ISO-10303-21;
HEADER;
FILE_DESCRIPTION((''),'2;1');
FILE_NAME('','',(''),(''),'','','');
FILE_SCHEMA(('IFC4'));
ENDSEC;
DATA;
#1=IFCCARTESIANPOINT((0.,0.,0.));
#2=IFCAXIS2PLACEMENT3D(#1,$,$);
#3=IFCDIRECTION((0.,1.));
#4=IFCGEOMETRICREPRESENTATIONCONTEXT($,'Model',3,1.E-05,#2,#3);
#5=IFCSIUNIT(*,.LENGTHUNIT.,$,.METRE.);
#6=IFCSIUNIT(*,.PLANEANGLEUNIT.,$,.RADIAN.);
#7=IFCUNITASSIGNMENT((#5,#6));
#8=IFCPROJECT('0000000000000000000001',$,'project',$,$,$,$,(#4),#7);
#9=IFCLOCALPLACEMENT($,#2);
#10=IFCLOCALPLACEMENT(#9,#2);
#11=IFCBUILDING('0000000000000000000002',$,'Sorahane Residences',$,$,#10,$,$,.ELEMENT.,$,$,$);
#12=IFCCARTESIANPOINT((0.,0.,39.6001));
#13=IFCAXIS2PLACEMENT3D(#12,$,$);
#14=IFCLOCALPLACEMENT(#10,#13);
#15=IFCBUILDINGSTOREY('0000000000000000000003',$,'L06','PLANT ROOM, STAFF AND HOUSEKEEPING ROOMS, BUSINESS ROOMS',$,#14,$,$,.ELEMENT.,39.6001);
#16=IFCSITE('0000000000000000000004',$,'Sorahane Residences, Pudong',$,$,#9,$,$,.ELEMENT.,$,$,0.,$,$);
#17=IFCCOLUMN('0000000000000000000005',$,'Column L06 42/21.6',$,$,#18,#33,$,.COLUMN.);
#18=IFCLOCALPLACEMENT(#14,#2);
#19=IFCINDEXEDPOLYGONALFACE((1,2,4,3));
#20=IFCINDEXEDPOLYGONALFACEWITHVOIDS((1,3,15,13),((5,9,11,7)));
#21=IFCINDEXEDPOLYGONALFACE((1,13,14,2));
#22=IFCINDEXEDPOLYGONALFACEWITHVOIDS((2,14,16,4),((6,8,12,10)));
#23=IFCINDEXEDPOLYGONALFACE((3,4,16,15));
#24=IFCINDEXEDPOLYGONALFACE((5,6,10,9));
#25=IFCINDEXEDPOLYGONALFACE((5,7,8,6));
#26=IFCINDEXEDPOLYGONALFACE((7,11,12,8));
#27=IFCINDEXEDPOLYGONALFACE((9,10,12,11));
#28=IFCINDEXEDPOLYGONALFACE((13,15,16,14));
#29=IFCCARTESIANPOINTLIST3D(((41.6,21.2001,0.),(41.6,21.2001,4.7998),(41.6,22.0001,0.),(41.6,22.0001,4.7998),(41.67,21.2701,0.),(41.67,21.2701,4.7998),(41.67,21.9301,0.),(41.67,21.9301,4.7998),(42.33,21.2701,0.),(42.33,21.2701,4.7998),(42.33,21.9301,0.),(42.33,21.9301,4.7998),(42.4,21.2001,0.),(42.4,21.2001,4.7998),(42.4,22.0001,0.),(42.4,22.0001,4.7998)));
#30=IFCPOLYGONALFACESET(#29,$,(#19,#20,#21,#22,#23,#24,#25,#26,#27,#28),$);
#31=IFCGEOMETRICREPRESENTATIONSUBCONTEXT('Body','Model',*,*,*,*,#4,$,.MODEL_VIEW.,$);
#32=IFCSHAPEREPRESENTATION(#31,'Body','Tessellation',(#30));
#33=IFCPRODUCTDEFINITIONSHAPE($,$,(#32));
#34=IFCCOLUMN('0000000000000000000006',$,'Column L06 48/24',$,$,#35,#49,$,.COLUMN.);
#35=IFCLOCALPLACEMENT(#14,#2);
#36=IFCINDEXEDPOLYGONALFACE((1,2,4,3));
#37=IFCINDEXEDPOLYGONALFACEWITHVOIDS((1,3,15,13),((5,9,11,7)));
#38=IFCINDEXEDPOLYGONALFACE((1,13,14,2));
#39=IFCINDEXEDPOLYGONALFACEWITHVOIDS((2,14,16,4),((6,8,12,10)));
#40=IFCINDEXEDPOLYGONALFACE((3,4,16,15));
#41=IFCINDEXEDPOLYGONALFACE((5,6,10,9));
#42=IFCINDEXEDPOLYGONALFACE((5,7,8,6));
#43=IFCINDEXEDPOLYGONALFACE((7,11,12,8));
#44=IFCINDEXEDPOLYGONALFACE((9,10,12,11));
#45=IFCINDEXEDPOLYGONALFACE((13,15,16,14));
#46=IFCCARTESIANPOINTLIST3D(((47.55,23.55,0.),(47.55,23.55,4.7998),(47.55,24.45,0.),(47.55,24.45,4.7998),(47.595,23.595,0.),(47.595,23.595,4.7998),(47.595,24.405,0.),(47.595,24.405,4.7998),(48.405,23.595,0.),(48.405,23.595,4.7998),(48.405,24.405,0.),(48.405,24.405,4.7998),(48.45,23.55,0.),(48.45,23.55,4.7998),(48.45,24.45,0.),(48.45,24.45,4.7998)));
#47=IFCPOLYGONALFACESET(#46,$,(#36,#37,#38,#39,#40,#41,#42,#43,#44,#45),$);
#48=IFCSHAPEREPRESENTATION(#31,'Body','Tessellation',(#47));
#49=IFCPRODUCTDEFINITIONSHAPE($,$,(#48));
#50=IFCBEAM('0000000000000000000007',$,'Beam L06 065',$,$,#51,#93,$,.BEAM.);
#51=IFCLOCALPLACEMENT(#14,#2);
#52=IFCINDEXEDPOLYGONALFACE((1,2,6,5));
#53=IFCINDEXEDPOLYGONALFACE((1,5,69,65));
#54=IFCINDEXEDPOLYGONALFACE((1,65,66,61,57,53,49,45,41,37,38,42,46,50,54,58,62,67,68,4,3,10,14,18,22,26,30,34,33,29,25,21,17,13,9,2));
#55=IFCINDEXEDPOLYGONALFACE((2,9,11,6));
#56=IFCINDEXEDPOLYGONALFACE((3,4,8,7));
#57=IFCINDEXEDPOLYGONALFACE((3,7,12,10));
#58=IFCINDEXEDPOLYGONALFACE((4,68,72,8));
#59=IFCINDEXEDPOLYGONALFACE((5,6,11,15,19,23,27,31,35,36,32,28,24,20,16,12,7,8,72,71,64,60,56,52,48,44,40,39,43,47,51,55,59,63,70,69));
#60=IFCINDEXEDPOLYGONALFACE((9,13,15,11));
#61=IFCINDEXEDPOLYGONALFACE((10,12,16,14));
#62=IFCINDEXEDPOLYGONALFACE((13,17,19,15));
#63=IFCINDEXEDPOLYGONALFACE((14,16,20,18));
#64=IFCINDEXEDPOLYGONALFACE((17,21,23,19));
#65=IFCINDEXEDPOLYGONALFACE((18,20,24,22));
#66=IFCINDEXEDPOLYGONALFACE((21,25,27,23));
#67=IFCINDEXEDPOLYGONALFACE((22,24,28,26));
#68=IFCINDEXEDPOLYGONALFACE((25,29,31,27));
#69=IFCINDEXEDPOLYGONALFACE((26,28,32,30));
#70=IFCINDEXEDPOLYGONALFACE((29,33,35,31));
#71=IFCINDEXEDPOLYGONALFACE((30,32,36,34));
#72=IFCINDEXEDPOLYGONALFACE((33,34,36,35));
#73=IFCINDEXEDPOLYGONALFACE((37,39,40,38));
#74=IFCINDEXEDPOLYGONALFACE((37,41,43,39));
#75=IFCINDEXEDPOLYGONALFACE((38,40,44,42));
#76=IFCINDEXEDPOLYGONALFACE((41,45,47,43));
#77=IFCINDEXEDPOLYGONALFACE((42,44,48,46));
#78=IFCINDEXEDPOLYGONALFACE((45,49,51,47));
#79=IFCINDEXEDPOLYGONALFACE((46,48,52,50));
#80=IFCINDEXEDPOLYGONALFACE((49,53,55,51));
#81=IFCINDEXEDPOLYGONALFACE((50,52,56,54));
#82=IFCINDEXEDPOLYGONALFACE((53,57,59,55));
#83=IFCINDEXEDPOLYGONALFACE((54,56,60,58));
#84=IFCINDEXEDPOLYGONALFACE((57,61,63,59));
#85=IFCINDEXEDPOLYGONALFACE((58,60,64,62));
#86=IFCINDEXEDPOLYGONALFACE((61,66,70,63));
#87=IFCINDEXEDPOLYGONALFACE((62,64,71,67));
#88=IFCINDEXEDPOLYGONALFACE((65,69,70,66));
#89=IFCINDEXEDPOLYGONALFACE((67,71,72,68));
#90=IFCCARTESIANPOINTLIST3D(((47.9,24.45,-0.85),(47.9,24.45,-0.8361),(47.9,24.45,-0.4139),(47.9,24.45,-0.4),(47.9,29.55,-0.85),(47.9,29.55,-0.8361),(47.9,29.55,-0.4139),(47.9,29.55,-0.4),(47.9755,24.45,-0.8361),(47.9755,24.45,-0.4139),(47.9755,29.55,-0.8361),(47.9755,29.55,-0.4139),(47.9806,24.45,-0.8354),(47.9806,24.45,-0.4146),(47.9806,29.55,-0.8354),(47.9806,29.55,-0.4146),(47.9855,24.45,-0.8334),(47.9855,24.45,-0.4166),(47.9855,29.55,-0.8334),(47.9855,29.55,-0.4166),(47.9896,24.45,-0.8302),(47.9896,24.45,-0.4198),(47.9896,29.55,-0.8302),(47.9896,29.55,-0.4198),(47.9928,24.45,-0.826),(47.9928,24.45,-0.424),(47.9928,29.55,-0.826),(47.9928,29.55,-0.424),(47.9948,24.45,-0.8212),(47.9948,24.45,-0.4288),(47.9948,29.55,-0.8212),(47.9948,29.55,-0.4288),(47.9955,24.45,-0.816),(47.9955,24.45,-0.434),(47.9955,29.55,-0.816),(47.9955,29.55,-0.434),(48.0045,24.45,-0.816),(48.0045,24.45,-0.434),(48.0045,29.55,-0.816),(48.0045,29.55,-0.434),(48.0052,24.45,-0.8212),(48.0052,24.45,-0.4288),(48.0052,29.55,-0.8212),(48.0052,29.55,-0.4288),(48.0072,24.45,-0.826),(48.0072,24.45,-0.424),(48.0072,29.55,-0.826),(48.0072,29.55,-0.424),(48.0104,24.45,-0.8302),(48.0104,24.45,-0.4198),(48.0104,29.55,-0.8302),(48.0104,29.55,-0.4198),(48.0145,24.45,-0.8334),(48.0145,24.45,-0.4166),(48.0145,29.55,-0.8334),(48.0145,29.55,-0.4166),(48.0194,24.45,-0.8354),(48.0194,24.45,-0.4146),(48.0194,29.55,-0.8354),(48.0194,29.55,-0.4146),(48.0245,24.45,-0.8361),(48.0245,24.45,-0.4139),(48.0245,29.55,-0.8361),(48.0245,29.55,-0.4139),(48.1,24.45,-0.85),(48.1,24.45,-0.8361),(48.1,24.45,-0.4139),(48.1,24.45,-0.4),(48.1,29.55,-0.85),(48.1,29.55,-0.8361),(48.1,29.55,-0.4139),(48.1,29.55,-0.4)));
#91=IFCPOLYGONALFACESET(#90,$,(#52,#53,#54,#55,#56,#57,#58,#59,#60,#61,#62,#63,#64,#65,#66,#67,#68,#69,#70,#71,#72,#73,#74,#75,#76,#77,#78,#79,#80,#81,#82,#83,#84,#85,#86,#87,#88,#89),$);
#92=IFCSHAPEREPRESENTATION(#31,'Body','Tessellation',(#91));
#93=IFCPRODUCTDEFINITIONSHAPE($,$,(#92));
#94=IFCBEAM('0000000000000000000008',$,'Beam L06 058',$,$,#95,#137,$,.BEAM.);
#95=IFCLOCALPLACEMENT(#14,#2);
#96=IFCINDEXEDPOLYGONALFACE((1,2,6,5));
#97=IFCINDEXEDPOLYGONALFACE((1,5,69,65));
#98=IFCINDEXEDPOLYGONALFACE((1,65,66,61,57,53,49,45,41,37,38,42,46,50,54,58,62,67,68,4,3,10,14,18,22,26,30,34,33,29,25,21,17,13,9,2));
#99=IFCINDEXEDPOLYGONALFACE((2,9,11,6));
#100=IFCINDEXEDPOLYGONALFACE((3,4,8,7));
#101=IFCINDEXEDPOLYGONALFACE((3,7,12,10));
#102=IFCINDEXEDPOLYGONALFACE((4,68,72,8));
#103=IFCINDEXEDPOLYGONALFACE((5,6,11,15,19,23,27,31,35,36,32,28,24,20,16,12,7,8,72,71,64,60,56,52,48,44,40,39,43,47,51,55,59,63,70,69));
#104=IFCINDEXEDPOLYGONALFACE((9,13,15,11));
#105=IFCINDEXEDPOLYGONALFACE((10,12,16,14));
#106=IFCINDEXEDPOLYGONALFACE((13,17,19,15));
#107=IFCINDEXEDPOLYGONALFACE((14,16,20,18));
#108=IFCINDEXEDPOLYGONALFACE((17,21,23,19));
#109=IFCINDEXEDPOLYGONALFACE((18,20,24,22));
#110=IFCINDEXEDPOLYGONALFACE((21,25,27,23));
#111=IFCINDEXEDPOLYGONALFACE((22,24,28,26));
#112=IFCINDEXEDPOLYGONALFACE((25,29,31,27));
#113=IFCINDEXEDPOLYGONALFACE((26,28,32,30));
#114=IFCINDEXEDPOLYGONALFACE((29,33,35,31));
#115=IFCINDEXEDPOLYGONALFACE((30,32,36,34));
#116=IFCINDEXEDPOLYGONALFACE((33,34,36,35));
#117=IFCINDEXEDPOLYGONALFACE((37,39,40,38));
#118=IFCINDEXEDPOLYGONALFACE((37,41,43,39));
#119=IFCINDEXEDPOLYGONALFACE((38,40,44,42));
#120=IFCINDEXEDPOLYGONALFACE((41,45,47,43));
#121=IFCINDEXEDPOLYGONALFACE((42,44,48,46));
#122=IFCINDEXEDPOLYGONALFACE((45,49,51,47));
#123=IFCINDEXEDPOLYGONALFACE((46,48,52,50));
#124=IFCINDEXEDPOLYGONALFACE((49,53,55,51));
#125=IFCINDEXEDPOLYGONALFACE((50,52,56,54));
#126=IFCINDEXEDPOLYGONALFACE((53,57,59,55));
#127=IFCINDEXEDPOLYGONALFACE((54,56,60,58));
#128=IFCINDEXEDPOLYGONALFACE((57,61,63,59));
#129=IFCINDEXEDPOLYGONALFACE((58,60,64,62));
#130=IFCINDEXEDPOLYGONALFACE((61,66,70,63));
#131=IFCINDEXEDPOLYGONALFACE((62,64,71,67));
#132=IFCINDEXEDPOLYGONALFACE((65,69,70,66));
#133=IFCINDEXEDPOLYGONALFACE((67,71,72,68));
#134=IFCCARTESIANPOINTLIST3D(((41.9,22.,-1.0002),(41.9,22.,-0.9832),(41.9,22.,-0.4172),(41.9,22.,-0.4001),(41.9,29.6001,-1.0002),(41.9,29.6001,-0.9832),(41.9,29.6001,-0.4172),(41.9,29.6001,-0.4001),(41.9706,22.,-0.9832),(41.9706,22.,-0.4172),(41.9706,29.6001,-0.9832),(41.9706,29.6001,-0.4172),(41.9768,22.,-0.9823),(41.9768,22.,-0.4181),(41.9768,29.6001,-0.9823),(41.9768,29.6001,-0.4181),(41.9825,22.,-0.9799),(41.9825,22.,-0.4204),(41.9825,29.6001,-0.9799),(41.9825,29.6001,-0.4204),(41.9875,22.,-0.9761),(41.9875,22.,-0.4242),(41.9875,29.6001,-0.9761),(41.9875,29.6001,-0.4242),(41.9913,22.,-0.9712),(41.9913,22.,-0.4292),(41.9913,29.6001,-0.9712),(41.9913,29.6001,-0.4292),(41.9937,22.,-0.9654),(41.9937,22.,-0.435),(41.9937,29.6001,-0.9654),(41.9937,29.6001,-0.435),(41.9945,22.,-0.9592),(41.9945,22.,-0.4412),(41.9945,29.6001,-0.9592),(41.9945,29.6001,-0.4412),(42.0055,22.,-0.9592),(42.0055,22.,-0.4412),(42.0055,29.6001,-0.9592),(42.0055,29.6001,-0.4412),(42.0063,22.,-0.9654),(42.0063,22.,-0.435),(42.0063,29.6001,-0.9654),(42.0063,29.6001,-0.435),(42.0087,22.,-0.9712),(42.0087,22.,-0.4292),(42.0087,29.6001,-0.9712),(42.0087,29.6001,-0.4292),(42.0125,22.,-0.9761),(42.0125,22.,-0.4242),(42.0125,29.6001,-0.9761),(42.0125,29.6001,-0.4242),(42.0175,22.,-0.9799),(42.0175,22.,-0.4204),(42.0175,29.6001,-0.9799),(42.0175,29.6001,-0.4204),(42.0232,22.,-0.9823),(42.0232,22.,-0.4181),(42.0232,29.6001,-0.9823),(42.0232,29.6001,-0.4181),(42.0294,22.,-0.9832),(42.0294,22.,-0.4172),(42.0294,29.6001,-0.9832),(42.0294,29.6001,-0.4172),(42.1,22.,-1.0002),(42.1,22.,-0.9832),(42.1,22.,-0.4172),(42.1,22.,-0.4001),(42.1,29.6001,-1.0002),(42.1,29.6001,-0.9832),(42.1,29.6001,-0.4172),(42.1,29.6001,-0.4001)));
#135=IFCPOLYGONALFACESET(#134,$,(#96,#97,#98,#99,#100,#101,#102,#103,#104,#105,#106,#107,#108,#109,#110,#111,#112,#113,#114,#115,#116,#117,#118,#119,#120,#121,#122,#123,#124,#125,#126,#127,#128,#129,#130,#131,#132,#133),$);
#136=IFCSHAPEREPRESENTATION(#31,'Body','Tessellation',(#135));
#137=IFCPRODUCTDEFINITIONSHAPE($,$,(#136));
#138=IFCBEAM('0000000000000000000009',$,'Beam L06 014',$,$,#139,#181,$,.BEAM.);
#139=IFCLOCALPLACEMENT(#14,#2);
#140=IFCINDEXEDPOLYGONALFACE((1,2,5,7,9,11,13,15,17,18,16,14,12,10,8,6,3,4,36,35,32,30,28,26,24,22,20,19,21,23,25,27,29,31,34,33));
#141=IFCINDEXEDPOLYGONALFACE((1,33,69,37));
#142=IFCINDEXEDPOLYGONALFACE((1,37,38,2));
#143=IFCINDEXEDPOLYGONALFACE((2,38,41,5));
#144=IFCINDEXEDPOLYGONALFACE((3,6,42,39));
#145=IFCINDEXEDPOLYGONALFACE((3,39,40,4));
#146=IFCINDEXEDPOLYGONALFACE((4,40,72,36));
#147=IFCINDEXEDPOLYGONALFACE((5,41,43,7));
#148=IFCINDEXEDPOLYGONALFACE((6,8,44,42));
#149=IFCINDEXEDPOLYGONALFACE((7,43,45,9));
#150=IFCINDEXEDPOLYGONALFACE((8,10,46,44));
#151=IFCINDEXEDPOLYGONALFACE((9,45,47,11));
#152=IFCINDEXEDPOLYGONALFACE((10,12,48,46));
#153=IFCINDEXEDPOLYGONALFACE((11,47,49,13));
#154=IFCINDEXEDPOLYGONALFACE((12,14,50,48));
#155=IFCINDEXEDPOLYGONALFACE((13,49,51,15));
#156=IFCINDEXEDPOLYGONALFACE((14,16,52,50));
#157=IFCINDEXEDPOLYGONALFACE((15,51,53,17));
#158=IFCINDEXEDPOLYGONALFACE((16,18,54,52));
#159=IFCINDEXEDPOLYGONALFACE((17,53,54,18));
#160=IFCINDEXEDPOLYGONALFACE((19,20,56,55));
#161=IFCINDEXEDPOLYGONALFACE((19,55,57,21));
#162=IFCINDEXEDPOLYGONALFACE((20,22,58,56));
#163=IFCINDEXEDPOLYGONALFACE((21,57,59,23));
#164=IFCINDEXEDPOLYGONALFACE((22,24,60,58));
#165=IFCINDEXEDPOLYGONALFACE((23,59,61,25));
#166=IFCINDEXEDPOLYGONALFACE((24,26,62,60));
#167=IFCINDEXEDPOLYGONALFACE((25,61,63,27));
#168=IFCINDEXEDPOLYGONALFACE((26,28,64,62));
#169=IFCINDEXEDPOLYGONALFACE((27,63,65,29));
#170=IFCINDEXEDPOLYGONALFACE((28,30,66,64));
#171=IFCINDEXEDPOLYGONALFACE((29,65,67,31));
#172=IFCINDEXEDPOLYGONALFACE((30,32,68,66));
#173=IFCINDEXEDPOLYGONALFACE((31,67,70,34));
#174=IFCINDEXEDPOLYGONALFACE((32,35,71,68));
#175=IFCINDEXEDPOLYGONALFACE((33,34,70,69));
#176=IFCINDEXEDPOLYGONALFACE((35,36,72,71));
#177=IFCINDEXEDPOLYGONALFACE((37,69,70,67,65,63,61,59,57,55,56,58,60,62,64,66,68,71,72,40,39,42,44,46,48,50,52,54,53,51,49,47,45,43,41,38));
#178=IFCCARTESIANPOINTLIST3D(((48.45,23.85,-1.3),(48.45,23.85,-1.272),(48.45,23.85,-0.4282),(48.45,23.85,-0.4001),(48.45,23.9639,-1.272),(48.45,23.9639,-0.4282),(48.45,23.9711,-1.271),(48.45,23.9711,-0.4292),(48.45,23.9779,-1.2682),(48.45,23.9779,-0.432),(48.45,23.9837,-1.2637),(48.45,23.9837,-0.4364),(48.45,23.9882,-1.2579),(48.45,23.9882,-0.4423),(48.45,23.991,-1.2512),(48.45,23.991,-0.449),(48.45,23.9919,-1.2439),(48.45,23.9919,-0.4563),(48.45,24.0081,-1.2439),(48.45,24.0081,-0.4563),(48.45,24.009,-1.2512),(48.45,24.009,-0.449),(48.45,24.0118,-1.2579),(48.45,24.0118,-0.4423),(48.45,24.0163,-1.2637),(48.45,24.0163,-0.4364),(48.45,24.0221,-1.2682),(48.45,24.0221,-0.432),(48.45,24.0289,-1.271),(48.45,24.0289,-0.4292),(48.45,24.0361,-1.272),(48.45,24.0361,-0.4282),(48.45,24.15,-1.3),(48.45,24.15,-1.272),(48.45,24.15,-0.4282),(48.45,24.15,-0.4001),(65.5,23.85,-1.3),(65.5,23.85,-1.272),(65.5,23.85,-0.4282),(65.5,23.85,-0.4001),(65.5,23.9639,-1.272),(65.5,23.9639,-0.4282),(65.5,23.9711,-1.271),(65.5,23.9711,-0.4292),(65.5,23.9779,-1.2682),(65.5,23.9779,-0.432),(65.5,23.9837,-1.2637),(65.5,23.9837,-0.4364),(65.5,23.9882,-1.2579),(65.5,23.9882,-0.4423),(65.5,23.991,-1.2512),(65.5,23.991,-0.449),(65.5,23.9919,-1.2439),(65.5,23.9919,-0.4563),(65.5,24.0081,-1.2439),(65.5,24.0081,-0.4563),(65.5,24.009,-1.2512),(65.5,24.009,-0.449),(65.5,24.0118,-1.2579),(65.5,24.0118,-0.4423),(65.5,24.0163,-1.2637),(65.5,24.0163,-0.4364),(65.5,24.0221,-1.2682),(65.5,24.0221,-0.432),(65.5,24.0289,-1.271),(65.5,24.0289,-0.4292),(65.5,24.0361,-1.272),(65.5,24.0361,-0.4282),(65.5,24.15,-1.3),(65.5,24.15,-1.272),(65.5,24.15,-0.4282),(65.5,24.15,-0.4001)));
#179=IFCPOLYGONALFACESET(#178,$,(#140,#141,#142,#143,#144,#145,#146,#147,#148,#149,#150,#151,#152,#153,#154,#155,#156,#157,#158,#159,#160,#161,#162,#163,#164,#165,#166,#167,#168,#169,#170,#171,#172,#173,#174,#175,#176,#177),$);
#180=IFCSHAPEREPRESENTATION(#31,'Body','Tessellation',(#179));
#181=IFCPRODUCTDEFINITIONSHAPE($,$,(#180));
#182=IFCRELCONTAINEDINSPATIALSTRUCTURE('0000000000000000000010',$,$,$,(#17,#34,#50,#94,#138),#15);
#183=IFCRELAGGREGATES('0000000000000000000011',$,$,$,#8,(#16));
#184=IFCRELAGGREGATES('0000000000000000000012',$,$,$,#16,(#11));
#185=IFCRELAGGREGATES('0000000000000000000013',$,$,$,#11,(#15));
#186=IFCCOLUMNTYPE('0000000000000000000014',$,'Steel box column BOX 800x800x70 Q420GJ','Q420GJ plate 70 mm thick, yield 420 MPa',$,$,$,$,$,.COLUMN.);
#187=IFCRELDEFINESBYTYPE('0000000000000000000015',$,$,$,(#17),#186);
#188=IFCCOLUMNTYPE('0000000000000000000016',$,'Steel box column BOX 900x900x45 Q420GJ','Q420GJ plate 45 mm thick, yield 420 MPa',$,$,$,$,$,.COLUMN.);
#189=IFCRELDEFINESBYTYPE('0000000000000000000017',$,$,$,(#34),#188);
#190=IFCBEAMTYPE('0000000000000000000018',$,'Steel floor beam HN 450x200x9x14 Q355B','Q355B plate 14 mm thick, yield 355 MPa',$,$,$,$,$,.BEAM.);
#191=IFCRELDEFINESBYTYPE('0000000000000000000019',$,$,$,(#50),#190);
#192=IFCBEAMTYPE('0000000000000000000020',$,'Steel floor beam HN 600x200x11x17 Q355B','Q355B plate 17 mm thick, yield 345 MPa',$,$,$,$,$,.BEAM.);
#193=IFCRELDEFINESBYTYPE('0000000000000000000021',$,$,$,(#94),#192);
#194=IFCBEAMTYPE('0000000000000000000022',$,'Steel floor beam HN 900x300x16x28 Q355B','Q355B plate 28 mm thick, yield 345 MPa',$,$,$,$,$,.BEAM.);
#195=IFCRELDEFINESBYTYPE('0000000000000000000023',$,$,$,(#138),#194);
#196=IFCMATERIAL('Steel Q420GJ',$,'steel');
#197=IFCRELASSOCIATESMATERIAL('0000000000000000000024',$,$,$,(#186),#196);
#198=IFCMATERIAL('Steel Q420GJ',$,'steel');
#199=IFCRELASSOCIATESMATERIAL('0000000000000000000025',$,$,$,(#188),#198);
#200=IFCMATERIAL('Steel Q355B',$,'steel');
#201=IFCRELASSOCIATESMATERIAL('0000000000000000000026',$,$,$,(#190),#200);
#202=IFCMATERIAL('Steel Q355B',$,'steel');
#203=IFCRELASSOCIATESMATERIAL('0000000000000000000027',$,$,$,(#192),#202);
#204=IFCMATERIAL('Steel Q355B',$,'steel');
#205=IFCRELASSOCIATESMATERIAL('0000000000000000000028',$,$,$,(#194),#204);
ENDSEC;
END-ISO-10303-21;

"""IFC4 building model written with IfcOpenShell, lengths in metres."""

from ifc_helpers import new_model, si_unit, direction, frame, origin, origin_2d, place, context, subcontext, project, spatial, hollow_rectangle, i_section, extrude, material, material_profile, profile_set, type_object, element, save


model = new_model("IFC4")

# Units and contexts
model_context = context("Model", 3, precision=1e-05, world=origin(), true_north=direction((0.0, 1.0)))
body_context = subcontext(model_context, "Body", "Model", "MODEL_VIEW")
ifc_project = project(units=[si_unit("LENGTHUNIT", "METRE"), si_unit("PLANEANGLEUNIT", "RADIAN")], contexts=[model_context])

# Site, building, storey
site_placement = place(None, origin())
site = spatial("IfcSite", under=ifc_project, at=site_placement, Name="Sorahane Residences, Pudong", CompositionType="ELEMENT", RefElevation=0.0)
building_placement = place(site_placement, origin())
building = spatial("IfcBuilding", under=site, at=building_placement, Name="Sorahane Residences", CompositionType="ELEMENT")
storey_placement = place(building_placement, frame((0.0, 0.0, 39.6001)))
storey = spatial("IfcBuildingStorey", under=building, at=storey_placement, Name="L06", Description="PLANT ROOM, STAFF AND HOUSEKEEPING ROOMS, BUSINESS ROOMS", CompositionType="ELEMENT", Elevation=39.6001)

# Columns
ifc_material_1 = material(Name="Steel Q420GJ", Category="steel")
ifc_material_profile_1 = material_profile(ifc_material_1, hollow_rectangle(XDim=0.8, YDim=0.8, WallThickness=0.0701, at=origin_2d()), Name="BOX 800x800x70")
ifc_profile_set_1 = profile_set([ifc_material_profile_1], Name="Steel Q420GJ")
column_type_1 = type_object("IfcColumnType", Name="Steel box column BOX 800x800x70 Q420GJ", Description="Q420GJ plate 70 mm thick, yield 420 MPa", PredefinedType="COLUMN", material=ifc_profile_set_1)
column_1_placement = place(storey_placement, frame((42.0, 21.6001, 0.0), z_axis=(0.0, 0.0, 1.0), x_axis=(1.0, 0.0, 0.0)))
element("IfcColumn", 1, at=column_1_placement, inside=storey, type_object=column_type_1, Name="Column L06 42/21.6", PredefinedType="COLUMN", context=body_context, shape_type="SweptSolid", body=[
    extrude(hollow_rectangle(XDim=0.8, YDim=0.8, WallThickness=0.0701, at=origin_2d()), origin(), (0.0, 0.0, 1.0), 4.7998),
])
ifc_material_2 = material(Name="Steel Q420GJ", Category="steel")
ifc_material_profile_2 = material_profile(ifc_material_2, hollow_rectangle(XDim=0.8999, YDim=0.8999, WallThickness=0.0449, at=origin_2d()), Name="BOX 900x900x45")
ifc_profile_set_2 = profile_set([ifc_material_profile_2], Name="Steel Q420GJ")
column_type_2 = type_object("IfcColumnType", Name="Steel box column BOX 900x900x45 Q420GJ", Description="Q420GJ plate 45 mm thick, yield 420 MPa", PredefinedType="COLUMN", material=ifc_profile_set_2)
column_2_placement = place(storey_placement, frame((48.0, 24.0, 0.0), z_axis=(0.0, 0.0, 1.0), x_axis=(1.0, 0.0, 0.0)))
element("IfcColumn", 2, at=column_2_placement, inside=storey, type_object=column_type_2, Name="Column L06 48/24", PredefinedType="COLUMN", context=body_context, shape_type="SweptSolid", body=[
    extrude(hollow_rectangle(XDim=0.8999, YDim=0.8999, WallThickness=0.0449, at=origin_2d()), origin(), (0.0, 0.0, 1.0), 4.7998),
])

# Beams
ifc_material_3 = material(Name="Steel Q355B", Category="steel")
ifc_material_profile_3 = material_profile(ifc_material_3, i_section(OverallWidth=0.2, OverallDepth=0.45, WebThickness=0.009, FlangeThickness=0.0139, FilletRadius=0.02, at=origin_2d()), Name="HN 450x200x9x14")
ifc_profile_set_3 = profile_set([ifc_material_profile_3], Name="Steel Q355B")
beam_type_1 = type_object("IfcBeamType", Name="Steel floor beam HN 450x200x9x14 Q355B", Description="Q355B plate 14 mm thick, yield 355 MPa", PredefinedType="BEAM", material=ifc_profile_set_3)
beam_1_placement = place(storey_placement, frame((48.0, 24.45, -0.625), z_axis=(0.0, 1.0, 0.0), x_axis=(-1.0, 0.0, 0.0)))
element("IfcBeam", 3, at=beam_1_placement, inside=storey, type_object=beam_type_1, Name="Beam L06 065", PredefinedType="BEAM", context=body_context, shape_type="SweptSolid", body=[
    extrude(i_section(OverallWidth=0.2, OverallDepth=0.45, WebThickness=0.009, FlangeThickness=0.0139, FilletRadius=0.02, at=origin_2d()), origin(), (0.0, 0.0, 1.0), 5.1001),
])
ifc_material_4 = material(Name="Steel Q355B", Category="steel")
ifc_material_profile_4 = material_profile(ifc_material_4, i_section(OverallWidth=0.2, OverallDepth=0.6001, WebThickness=0.011, FlangeThickness=0.0171, FilletRadius=0.0239, at=origin_2d()), Name="HN 600x200x11x17")
ifc_profile_set_4 = profile_set([ifc_material_profile_4], Name="Steel Q355B")
beam_type_2 = type_object("IfcBeamType", Name="Steel floor beam HN 600x200x11x17 Q355B", Description="Q355B plate 17 mm thick, yield 345 MPa", PredefinedType="BEAM", material=ifc_profile_set_4)
beam_2_placement = place(storey_placement, frame((42.0, 22.0, -0.7002), z_axis=(0.0, 1.0, 0.0), x_axis=(-1.0, 0.0, 0.0)))
element("IfcBeam", 4, at=beam_2_placement, inside=storey, type_object=beam_type_2, Name="Beam L06 058", PredefinedType="BEAM", context=body_context, shape_type="SweptSolid", body=[
    extrude(i_section(OverallWidth=0.2, OverallDepth=0.6001, WebThickness=0.011, FlangeThickness=0.0171, FilletRadius=0.0239, at=origin_2d()), origin(), (0.0, 0.0, 1.0), 7.6001),
])
ifc_material_5 = material(Name="Steel Q355B", Category="steel")
ifc_material_profile_5 = material_profile(ifc_material_5, i_section(OverallWidth=0.3, OverallDepth=0.8999, WebThickness=0.0161, FlangeThickness=0.0281, FilletRadius=0.0281, at=origin_2d()), Name="HN 900x300x16x28")
ifc_profile_set_5 = profile_set([ifc_material_profile_5], Name="Steel Q355B")
beam_type_3 = type_object("IfcBeamType", Name="Steel floor beam HN 900x300x16x28 Q355B", Description="Q355B plate 28 mm thick, yield 345 MPa", PredefinedType="BEAM", material=ifc_profile_set_5)
beam_3_placement = place(storey_placement, frame((48.45, 24.0, -0.8501), z_axis=(1.0, 0.0, 0.0), x_axis=(0.0, 1.0, 0.0)))
element("IfcBeam", 5, at=beam_3_placement, inside=storey, type_object=beam_type_3, Name="Beam L06 014", PredefinedType="BEAM", context=body_context, shape_type="SweptSolid", body=[
    extrude(i_section(OverallWidth=0.3, OverallDepth=0.8999, WebThickness=0.0161, FlangeThickness=0.0281, FilletRadius=0.0281, at=origin_2d()), origin(), (0.0, 0.0, 1.0), 17.05),
])

save(model, "model.ifc")
